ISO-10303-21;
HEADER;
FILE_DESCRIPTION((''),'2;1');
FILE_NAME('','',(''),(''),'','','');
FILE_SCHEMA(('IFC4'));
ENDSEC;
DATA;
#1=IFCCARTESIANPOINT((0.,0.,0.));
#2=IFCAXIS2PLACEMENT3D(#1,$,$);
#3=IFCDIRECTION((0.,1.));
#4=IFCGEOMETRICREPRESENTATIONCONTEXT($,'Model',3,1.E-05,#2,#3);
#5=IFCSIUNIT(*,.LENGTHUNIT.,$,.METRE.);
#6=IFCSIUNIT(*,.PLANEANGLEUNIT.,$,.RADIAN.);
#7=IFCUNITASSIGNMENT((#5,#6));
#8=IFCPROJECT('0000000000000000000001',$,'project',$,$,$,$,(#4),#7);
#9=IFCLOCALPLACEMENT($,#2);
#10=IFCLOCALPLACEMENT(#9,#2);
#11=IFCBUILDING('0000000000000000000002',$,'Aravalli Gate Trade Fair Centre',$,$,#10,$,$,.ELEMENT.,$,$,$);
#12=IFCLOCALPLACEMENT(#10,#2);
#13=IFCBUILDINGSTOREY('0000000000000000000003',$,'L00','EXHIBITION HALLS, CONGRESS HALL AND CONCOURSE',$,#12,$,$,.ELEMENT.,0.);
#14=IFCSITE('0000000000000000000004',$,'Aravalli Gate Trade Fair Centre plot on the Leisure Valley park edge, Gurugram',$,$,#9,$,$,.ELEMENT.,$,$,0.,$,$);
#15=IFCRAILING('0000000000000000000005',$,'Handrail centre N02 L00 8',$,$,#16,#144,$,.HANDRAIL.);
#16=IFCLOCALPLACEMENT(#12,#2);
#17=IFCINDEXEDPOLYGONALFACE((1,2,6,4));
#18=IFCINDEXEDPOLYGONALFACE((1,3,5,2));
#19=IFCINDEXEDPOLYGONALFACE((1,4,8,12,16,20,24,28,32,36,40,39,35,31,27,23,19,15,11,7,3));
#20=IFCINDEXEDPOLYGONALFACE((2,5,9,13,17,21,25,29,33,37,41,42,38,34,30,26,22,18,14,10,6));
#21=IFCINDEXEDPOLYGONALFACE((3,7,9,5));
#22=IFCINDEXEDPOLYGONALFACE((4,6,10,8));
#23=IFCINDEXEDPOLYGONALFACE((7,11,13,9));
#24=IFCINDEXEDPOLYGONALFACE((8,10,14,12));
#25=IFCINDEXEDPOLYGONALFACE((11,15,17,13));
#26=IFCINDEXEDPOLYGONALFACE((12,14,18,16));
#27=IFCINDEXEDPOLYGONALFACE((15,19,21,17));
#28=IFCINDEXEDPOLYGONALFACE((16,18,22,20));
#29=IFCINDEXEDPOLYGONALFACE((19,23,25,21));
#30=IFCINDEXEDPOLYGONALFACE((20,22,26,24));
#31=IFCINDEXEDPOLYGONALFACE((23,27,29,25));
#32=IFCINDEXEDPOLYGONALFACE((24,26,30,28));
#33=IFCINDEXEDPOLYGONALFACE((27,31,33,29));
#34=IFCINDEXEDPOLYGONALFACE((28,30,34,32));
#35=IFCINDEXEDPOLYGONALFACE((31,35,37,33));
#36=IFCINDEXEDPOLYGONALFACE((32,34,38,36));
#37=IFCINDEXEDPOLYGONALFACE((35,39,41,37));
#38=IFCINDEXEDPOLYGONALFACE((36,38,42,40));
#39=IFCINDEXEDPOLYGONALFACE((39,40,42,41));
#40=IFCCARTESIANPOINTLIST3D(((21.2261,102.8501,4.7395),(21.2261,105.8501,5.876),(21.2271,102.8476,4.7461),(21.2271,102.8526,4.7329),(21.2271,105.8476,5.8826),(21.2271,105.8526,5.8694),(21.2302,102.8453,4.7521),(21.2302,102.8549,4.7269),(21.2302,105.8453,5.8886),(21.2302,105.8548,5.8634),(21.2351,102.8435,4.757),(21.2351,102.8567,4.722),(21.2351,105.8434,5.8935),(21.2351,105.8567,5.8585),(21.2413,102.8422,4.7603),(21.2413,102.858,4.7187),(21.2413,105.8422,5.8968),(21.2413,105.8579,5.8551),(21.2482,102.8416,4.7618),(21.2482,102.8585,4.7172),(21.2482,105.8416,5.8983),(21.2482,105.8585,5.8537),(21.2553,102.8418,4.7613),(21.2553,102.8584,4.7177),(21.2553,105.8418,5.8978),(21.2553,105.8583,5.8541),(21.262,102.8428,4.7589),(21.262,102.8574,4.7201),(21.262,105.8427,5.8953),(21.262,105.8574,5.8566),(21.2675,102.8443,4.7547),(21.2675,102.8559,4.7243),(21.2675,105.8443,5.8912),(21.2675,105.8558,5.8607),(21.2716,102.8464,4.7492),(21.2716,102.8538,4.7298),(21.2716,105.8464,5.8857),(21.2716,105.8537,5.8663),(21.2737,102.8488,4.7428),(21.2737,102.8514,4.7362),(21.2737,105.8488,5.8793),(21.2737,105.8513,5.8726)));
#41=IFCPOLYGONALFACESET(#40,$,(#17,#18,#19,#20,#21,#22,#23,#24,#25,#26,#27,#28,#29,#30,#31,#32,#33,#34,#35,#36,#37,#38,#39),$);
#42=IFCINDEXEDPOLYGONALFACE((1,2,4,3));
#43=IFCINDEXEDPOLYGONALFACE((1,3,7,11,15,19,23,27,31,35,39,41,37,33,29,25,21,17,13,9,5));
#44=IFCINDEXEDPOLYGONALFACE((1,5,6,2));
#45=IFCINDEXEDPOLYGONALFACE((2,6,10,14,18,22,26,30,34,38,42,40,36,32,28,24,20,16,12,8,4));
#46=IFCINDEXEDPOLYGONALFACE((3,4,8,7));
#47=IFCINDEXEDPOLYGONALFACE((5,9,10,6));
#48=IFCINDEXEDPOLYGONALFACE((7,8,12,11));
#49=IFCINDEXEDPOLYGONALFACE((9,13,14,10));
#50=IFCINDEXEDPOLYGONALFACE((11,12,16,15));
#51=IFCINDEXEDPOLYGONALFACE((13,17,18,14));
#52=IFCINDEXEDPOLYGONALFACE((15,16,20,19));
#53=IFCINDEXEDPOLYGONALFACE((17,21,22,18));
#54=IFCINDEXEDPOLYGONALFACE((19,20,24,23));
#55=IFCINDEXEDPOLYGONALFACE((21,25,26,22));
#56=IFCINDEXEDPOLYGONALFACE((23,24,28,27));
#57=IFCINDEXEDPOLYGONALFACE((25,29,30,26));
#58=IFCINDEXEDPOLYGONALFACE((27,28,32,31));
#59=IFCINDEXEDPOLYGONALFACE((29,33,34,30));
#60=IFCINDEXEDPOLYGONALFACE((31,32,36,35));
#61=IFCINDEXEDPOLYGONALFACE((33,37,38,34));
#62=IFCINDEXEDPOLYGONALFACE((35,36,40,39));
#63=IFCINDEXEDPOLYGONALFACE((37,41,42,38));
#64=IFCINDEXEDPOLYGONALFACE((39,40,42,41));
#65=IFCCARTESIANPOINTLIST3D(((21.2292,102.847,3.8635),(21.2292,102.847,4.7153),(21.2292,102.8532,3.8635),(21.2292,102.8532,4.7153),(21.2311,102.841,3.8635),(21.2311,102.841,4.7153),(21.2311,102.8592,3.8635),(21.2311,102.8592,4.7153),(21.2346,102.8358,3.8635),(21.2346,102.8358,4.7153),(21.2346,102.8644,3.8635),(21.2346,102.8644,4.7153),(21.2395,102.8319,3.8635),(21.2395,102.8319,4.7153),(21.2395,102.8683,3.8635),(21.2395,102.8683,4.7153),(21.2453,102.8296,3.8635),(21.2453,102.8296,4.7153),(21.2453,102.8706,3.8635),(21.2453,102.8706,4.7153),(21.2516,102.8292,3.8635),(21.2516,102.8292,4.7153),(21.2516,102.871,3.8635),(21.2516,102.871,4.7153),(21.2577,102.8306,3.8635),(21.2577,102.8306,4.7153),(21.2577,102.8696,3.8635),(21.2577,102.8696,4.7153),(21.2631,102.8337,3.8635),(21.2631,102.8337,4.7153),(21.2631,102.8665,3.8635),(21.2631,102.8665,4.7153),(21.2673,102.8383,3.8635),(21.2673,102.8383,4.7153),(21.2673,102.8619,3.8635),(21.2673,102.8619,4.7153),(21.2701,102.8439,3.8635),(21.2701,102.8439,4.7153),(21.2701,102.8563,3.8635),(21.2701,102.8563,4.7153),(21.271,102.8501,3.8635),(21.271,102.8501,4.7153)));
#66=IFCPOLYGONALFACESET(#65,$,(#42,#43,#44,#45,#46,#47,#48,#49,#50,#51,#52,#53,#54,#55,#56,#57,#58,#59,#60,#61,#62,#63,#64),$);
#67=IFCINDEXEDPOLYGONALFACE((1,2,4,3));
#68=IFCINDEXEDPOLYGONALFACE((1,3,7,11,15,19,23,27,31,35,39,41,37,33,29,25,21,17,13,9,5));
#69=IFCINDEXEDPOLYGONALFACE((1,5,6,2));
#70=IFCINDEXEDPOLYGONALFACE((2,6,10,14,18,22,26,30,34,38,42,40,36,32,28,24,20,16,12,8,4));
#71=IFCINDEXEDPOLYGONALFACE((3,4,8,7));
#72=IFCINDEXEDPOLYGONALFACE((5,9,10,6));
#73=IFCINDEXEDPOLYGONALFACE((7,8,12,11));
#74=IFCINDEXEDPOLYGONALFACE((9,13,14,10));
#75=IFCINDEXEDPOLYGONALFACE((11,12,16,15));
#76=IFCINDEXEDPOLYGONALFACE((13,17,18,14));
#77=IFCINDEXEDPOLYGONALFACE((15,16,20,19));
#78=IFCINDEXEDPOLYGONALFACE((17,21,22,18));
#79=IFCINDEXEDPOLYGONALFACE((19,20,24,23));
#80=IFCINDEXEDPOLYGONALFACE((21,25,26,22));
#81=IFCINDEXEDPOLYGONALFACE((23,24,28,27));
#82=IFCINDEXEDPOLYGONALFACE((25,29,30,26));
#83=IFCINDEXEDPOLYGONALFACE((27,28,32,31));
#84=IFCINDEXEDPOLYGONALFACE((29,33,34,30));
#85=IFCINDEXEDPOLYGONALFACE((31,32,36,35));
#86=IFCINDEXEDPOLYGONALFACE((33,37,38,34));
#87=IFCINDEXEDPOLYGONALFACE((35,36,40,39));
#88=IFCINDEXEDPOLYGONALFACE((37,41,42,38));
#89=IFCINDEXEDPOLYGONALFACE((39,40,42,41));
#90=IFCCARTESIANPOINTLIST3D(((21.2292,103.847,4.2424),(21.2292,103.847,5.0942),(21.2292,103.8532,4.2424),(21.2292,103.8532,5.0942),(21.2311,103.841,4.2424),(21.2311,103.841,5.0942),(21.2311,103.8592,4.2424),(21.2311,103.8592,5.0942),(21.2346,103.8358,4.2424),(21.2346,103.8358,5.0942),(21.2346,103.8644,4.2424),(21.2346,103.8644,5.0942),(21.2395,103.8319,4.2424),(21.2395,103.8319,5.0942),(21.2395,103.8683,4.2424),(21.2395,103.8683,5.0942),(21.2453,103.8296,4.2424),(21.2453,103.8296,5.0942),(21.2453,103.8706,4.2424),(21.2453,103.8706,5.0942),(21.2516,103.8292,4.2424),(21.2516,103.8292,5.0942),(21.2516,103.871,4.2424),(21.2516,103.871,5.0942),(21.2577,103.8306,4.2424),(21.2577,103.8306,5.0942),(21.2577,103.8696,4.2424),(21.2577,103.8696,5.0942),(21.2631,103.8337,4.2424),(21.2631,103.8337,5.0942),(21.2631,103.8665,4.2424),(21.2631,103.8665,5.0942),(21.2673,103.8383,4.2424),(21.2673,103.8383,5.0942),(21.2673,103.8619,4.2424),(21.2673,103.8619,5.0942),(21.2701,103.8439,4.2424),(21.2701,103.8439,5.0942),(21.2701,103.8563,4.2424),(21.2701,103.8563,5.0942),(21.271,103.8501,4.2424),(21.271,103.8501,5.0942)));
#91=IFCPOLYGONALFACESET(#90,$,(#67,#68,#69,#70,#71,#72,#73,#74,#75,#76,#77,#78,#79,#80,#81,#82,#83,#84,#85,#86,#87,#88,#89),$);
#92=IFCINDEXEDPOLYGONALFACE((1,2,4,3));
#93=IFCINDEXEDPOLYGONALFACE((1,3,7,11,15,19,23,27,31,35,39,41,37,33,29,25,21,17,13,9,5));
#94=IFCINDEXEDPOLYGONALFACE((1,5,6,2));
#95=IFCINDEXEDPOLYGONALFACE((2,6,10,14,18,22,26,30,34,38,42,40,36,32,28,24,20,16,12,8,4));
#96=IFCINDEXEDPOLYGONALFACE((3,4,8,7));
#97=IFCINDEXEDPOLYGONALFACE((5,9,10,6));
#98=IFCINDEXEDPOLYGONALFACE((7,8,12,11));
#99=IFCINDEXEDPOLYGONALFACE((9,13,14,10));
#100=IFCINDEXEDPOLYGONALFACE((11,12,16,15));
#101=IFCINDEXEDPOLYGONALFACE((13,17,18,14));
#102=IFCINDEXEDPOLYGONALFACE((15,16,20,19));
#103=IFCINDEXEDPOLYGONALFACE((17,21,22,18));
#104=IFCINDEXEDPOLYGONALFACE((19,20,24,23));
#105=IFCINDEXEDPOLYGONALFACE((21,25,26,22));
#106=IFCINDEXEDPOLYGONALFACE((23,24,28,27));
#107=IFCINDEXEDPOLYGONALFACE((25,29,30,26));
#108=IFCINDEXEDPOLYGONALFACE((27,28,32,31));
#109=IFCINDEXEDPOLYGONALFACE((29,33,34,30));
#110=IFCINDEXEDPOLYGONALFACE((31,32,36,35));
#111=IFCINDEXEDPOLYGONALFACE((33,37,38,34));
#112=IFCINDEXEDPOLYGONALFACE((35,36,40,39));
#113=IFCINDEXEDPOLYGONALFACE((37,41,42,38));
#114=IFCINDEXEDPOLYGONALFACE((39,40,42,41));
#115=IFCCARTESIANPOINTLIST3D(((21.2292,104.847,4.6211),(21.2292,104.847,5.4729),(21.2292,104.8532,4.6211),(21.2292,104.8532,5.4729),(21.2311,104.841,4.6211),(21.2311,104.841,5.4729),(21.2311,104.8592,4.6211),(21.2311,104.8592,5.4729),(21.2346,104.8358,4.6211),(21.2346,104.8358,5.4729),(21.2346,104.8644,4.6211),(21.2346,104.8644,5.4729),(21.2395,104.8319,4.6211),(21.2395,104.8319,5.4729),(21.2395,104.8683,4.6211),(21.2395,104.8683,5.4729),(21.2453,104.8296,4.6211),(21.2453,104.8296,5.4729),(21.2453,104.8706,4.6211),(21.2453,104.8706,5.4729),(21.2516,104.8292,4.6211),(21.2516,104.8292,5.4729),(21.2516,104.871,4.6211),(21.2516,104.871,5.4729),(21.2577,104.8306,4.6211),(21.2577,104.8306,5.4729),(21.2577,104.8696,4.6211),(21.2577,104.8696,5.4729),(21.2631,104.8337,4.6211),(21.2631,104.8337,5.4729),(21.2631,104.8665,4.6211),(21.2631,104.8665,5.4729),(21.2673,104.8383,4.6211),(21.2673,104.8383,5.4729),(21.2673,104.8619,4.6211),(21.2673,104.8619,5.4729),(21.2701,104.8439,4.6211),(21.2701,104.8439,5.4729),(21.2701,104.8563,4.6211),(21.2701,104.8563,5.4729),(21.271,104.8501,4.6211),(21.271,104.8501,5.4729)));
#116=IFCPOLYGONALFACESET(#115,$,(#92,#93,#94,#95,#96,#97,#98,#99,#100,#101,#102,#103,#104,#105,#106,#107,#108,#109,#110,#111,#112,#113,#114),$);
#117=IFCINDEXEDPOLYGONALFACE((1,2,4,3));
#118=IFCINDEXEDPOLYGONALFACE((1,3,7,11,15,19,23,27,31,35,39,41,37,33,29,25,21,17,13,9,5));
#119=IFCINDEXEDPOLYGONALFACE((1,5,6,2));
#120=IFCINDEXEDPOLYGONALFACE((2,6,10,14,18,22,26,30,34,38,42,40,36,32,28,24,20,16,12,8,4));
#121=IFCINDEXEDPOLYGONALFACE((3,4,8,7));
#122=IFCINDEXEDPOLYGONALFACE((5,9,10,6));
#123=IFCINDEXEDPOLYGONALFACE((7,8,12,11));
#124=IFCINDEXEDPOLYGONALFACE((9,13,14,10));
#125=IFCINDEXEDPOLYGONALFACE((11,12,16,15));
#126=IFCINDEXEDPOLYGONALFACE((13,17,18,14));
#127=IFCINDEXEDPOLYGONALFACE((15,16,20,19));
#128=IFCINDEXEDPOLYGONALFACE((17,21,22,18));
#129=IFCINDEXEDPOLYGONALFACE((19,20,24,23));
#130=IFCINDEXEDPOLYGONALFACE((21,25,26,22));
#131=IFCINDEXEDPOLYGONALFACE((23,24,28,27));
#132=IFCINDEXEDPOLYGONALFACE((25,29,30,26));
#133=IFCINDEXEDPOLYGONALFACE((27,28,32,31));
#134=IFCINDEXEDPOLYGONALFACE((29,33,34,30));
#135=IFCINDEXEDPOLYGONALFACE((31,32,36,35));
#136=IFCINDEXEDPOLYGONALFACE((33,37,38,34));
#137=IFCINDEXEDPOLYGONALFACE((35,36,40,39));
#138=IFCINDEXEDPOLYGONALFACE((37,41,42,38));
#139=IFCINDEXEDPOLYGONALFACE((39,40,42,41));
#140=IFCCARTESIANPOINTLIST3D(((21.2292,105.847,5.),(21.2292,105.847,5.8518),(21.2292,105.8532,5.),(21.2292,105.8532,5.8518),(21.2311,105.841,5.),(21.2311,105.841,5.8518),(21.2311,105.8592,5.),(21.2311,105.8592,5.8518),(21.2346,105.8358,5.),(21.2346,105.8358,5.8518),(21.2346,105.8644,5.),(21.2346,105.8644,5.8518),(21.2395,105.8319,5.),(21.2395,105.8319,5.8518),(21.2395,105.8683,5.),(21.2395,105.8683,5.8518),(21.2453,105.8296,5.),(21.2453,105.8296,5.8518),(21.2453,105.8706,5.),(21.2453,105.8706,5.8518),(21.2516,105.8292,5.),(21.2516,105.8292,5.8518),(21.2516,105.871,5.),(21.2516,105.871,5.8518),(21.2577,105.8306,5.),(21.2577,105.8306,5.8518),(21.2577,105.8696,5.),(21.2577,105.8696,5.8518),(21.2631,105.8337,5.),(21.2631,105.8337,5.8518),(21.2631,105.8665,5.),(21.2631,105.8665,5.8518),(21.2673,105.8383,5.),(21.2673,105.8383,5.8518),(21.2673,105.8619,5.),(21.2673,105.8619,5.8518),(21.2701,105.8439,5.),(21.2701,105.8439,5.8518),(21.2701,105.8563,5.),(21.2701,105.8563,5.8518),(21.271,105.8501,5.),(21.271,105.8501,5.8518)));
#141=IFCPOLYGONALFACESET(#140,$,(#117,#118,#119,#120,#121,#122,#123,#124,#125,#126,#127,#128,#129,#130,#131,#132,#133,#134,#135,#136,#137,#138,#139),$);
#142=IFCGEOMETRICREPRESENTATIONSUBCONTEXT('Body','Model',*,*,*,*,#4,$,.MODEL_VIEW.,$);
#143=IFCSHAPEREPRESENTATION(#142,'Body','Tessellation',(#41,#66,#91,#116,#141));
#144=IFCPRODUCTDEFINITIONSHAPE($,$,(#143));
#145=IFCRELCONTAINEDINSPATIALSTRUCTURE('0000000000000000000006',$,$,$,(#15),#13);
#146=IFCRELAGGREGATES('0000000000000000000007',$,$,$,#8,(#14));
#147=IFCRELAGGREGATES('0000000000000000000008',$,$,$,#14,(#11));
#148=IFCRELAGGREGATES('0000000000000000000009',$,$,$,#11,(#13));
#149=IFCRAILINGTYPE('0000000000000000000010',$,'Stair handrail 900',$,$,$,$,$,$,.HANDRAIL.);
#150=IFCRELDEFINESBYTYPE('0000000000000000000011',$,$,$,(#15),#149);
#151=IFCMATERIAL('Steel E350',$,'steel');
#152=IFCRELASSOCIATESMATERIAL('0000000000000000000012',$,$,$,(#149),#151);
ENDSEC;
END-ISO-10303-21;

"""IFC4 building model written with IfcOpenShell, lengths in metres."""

from ifc_helpers import new_model, si_unit, direction, frame, origin, origin_2d, place, context, subcontext, project, spatial, circle, extrude, material, type_object, element, save


model = new_model("IFC4")

# Units and contexts
model_context = context("Model", 3, precision=1e-05, world=origin(), true_north=direction((0.0, 1.0)))
body_context = subcontext(model_context, "Body", "Model", "MODEL_VIEW")
ifc_project = project(units=[si_unit("LENGTHUNIT", "METRE"), si_unit("PLANEANGLEUNIT", "RADIAN")], contexts=[model_context])

# Site, building, storey
site_placement = place(None, origin())
site = spatial("IfcSite", under=ifc_project, at=site_placement, Name="Aravalli Gate Trade Fair Centre plot on the Leisure Valley park edge, Gurugram", CompositionType="ELEMENT", RefElevation=0.0)
building_placement = place(site_placement, origin())
building = spatial("IfcBuilding", under=site, at=building_placement, Name="Aravalli Gate Trade Fair Centre", CompositionType="ELEMENT")
storey_placement = place(building_placement, origin())
storey = spatial("IfcBuildingStorey", under=building, at=storey_placement, Name="L00", Description="EXHIBITION HALLS, CONGRESS HALL AND CONCOURSE", CompositionType="ELEMENT", Elevation=0.0)

# Railing
ifc_material_1 = material(Name="Steel E350", Category="steel")
railing_type = type_object("IfcRailingType", Name="Stair handrail 900", PredefinedType="HANDRAIL", material=ifc_material_1)
for number, where, name in (
    (1, (21.25, 102.8501, 3.8635), "Handrail centre N02 L00 8"),
):
    element("IfcRailing", number, at=place(storey_placement, frame(where)), inside=storey, type_object=railing_type, Name=name, PredefinedType="HANDRAIL", context=body_context, shape_type="SweptSolid", body=[
        extrude(circle(Radius=0.0239, at=origin_2d()), frame((0.0, 0.0, 0.876), z_axis=(0.0, 0.935148, 0.354257), x_axis=(-1.0, 0.0, 0.0)), (0.0, 0.0, 1.0), 3.208),
        extrude(circle(Radius=0.021, at=origin_2d()), origin(), (0.0, 0.0, 1.0), 0.8518),
        extrude(circle(Radius=0.021, at=origin_2d()), frame((0.0, 1.0, 0.3789)), (0.0, 0.0, 1.0), 0.8518),
        extrude(circle(Radius=0.021, at=origin_2d()), frame((0.0, 2.0, 0.7576)), (0.0, 0.0, 1.0), 0.8518),
        extrude(circle(Radius=0.021, at=origin_2d()), frame((0.0, 3.0, 1.1365)), (0.0, 0.0, 1.0), 0.8518),
    ])

save(model, "model.ifc")
